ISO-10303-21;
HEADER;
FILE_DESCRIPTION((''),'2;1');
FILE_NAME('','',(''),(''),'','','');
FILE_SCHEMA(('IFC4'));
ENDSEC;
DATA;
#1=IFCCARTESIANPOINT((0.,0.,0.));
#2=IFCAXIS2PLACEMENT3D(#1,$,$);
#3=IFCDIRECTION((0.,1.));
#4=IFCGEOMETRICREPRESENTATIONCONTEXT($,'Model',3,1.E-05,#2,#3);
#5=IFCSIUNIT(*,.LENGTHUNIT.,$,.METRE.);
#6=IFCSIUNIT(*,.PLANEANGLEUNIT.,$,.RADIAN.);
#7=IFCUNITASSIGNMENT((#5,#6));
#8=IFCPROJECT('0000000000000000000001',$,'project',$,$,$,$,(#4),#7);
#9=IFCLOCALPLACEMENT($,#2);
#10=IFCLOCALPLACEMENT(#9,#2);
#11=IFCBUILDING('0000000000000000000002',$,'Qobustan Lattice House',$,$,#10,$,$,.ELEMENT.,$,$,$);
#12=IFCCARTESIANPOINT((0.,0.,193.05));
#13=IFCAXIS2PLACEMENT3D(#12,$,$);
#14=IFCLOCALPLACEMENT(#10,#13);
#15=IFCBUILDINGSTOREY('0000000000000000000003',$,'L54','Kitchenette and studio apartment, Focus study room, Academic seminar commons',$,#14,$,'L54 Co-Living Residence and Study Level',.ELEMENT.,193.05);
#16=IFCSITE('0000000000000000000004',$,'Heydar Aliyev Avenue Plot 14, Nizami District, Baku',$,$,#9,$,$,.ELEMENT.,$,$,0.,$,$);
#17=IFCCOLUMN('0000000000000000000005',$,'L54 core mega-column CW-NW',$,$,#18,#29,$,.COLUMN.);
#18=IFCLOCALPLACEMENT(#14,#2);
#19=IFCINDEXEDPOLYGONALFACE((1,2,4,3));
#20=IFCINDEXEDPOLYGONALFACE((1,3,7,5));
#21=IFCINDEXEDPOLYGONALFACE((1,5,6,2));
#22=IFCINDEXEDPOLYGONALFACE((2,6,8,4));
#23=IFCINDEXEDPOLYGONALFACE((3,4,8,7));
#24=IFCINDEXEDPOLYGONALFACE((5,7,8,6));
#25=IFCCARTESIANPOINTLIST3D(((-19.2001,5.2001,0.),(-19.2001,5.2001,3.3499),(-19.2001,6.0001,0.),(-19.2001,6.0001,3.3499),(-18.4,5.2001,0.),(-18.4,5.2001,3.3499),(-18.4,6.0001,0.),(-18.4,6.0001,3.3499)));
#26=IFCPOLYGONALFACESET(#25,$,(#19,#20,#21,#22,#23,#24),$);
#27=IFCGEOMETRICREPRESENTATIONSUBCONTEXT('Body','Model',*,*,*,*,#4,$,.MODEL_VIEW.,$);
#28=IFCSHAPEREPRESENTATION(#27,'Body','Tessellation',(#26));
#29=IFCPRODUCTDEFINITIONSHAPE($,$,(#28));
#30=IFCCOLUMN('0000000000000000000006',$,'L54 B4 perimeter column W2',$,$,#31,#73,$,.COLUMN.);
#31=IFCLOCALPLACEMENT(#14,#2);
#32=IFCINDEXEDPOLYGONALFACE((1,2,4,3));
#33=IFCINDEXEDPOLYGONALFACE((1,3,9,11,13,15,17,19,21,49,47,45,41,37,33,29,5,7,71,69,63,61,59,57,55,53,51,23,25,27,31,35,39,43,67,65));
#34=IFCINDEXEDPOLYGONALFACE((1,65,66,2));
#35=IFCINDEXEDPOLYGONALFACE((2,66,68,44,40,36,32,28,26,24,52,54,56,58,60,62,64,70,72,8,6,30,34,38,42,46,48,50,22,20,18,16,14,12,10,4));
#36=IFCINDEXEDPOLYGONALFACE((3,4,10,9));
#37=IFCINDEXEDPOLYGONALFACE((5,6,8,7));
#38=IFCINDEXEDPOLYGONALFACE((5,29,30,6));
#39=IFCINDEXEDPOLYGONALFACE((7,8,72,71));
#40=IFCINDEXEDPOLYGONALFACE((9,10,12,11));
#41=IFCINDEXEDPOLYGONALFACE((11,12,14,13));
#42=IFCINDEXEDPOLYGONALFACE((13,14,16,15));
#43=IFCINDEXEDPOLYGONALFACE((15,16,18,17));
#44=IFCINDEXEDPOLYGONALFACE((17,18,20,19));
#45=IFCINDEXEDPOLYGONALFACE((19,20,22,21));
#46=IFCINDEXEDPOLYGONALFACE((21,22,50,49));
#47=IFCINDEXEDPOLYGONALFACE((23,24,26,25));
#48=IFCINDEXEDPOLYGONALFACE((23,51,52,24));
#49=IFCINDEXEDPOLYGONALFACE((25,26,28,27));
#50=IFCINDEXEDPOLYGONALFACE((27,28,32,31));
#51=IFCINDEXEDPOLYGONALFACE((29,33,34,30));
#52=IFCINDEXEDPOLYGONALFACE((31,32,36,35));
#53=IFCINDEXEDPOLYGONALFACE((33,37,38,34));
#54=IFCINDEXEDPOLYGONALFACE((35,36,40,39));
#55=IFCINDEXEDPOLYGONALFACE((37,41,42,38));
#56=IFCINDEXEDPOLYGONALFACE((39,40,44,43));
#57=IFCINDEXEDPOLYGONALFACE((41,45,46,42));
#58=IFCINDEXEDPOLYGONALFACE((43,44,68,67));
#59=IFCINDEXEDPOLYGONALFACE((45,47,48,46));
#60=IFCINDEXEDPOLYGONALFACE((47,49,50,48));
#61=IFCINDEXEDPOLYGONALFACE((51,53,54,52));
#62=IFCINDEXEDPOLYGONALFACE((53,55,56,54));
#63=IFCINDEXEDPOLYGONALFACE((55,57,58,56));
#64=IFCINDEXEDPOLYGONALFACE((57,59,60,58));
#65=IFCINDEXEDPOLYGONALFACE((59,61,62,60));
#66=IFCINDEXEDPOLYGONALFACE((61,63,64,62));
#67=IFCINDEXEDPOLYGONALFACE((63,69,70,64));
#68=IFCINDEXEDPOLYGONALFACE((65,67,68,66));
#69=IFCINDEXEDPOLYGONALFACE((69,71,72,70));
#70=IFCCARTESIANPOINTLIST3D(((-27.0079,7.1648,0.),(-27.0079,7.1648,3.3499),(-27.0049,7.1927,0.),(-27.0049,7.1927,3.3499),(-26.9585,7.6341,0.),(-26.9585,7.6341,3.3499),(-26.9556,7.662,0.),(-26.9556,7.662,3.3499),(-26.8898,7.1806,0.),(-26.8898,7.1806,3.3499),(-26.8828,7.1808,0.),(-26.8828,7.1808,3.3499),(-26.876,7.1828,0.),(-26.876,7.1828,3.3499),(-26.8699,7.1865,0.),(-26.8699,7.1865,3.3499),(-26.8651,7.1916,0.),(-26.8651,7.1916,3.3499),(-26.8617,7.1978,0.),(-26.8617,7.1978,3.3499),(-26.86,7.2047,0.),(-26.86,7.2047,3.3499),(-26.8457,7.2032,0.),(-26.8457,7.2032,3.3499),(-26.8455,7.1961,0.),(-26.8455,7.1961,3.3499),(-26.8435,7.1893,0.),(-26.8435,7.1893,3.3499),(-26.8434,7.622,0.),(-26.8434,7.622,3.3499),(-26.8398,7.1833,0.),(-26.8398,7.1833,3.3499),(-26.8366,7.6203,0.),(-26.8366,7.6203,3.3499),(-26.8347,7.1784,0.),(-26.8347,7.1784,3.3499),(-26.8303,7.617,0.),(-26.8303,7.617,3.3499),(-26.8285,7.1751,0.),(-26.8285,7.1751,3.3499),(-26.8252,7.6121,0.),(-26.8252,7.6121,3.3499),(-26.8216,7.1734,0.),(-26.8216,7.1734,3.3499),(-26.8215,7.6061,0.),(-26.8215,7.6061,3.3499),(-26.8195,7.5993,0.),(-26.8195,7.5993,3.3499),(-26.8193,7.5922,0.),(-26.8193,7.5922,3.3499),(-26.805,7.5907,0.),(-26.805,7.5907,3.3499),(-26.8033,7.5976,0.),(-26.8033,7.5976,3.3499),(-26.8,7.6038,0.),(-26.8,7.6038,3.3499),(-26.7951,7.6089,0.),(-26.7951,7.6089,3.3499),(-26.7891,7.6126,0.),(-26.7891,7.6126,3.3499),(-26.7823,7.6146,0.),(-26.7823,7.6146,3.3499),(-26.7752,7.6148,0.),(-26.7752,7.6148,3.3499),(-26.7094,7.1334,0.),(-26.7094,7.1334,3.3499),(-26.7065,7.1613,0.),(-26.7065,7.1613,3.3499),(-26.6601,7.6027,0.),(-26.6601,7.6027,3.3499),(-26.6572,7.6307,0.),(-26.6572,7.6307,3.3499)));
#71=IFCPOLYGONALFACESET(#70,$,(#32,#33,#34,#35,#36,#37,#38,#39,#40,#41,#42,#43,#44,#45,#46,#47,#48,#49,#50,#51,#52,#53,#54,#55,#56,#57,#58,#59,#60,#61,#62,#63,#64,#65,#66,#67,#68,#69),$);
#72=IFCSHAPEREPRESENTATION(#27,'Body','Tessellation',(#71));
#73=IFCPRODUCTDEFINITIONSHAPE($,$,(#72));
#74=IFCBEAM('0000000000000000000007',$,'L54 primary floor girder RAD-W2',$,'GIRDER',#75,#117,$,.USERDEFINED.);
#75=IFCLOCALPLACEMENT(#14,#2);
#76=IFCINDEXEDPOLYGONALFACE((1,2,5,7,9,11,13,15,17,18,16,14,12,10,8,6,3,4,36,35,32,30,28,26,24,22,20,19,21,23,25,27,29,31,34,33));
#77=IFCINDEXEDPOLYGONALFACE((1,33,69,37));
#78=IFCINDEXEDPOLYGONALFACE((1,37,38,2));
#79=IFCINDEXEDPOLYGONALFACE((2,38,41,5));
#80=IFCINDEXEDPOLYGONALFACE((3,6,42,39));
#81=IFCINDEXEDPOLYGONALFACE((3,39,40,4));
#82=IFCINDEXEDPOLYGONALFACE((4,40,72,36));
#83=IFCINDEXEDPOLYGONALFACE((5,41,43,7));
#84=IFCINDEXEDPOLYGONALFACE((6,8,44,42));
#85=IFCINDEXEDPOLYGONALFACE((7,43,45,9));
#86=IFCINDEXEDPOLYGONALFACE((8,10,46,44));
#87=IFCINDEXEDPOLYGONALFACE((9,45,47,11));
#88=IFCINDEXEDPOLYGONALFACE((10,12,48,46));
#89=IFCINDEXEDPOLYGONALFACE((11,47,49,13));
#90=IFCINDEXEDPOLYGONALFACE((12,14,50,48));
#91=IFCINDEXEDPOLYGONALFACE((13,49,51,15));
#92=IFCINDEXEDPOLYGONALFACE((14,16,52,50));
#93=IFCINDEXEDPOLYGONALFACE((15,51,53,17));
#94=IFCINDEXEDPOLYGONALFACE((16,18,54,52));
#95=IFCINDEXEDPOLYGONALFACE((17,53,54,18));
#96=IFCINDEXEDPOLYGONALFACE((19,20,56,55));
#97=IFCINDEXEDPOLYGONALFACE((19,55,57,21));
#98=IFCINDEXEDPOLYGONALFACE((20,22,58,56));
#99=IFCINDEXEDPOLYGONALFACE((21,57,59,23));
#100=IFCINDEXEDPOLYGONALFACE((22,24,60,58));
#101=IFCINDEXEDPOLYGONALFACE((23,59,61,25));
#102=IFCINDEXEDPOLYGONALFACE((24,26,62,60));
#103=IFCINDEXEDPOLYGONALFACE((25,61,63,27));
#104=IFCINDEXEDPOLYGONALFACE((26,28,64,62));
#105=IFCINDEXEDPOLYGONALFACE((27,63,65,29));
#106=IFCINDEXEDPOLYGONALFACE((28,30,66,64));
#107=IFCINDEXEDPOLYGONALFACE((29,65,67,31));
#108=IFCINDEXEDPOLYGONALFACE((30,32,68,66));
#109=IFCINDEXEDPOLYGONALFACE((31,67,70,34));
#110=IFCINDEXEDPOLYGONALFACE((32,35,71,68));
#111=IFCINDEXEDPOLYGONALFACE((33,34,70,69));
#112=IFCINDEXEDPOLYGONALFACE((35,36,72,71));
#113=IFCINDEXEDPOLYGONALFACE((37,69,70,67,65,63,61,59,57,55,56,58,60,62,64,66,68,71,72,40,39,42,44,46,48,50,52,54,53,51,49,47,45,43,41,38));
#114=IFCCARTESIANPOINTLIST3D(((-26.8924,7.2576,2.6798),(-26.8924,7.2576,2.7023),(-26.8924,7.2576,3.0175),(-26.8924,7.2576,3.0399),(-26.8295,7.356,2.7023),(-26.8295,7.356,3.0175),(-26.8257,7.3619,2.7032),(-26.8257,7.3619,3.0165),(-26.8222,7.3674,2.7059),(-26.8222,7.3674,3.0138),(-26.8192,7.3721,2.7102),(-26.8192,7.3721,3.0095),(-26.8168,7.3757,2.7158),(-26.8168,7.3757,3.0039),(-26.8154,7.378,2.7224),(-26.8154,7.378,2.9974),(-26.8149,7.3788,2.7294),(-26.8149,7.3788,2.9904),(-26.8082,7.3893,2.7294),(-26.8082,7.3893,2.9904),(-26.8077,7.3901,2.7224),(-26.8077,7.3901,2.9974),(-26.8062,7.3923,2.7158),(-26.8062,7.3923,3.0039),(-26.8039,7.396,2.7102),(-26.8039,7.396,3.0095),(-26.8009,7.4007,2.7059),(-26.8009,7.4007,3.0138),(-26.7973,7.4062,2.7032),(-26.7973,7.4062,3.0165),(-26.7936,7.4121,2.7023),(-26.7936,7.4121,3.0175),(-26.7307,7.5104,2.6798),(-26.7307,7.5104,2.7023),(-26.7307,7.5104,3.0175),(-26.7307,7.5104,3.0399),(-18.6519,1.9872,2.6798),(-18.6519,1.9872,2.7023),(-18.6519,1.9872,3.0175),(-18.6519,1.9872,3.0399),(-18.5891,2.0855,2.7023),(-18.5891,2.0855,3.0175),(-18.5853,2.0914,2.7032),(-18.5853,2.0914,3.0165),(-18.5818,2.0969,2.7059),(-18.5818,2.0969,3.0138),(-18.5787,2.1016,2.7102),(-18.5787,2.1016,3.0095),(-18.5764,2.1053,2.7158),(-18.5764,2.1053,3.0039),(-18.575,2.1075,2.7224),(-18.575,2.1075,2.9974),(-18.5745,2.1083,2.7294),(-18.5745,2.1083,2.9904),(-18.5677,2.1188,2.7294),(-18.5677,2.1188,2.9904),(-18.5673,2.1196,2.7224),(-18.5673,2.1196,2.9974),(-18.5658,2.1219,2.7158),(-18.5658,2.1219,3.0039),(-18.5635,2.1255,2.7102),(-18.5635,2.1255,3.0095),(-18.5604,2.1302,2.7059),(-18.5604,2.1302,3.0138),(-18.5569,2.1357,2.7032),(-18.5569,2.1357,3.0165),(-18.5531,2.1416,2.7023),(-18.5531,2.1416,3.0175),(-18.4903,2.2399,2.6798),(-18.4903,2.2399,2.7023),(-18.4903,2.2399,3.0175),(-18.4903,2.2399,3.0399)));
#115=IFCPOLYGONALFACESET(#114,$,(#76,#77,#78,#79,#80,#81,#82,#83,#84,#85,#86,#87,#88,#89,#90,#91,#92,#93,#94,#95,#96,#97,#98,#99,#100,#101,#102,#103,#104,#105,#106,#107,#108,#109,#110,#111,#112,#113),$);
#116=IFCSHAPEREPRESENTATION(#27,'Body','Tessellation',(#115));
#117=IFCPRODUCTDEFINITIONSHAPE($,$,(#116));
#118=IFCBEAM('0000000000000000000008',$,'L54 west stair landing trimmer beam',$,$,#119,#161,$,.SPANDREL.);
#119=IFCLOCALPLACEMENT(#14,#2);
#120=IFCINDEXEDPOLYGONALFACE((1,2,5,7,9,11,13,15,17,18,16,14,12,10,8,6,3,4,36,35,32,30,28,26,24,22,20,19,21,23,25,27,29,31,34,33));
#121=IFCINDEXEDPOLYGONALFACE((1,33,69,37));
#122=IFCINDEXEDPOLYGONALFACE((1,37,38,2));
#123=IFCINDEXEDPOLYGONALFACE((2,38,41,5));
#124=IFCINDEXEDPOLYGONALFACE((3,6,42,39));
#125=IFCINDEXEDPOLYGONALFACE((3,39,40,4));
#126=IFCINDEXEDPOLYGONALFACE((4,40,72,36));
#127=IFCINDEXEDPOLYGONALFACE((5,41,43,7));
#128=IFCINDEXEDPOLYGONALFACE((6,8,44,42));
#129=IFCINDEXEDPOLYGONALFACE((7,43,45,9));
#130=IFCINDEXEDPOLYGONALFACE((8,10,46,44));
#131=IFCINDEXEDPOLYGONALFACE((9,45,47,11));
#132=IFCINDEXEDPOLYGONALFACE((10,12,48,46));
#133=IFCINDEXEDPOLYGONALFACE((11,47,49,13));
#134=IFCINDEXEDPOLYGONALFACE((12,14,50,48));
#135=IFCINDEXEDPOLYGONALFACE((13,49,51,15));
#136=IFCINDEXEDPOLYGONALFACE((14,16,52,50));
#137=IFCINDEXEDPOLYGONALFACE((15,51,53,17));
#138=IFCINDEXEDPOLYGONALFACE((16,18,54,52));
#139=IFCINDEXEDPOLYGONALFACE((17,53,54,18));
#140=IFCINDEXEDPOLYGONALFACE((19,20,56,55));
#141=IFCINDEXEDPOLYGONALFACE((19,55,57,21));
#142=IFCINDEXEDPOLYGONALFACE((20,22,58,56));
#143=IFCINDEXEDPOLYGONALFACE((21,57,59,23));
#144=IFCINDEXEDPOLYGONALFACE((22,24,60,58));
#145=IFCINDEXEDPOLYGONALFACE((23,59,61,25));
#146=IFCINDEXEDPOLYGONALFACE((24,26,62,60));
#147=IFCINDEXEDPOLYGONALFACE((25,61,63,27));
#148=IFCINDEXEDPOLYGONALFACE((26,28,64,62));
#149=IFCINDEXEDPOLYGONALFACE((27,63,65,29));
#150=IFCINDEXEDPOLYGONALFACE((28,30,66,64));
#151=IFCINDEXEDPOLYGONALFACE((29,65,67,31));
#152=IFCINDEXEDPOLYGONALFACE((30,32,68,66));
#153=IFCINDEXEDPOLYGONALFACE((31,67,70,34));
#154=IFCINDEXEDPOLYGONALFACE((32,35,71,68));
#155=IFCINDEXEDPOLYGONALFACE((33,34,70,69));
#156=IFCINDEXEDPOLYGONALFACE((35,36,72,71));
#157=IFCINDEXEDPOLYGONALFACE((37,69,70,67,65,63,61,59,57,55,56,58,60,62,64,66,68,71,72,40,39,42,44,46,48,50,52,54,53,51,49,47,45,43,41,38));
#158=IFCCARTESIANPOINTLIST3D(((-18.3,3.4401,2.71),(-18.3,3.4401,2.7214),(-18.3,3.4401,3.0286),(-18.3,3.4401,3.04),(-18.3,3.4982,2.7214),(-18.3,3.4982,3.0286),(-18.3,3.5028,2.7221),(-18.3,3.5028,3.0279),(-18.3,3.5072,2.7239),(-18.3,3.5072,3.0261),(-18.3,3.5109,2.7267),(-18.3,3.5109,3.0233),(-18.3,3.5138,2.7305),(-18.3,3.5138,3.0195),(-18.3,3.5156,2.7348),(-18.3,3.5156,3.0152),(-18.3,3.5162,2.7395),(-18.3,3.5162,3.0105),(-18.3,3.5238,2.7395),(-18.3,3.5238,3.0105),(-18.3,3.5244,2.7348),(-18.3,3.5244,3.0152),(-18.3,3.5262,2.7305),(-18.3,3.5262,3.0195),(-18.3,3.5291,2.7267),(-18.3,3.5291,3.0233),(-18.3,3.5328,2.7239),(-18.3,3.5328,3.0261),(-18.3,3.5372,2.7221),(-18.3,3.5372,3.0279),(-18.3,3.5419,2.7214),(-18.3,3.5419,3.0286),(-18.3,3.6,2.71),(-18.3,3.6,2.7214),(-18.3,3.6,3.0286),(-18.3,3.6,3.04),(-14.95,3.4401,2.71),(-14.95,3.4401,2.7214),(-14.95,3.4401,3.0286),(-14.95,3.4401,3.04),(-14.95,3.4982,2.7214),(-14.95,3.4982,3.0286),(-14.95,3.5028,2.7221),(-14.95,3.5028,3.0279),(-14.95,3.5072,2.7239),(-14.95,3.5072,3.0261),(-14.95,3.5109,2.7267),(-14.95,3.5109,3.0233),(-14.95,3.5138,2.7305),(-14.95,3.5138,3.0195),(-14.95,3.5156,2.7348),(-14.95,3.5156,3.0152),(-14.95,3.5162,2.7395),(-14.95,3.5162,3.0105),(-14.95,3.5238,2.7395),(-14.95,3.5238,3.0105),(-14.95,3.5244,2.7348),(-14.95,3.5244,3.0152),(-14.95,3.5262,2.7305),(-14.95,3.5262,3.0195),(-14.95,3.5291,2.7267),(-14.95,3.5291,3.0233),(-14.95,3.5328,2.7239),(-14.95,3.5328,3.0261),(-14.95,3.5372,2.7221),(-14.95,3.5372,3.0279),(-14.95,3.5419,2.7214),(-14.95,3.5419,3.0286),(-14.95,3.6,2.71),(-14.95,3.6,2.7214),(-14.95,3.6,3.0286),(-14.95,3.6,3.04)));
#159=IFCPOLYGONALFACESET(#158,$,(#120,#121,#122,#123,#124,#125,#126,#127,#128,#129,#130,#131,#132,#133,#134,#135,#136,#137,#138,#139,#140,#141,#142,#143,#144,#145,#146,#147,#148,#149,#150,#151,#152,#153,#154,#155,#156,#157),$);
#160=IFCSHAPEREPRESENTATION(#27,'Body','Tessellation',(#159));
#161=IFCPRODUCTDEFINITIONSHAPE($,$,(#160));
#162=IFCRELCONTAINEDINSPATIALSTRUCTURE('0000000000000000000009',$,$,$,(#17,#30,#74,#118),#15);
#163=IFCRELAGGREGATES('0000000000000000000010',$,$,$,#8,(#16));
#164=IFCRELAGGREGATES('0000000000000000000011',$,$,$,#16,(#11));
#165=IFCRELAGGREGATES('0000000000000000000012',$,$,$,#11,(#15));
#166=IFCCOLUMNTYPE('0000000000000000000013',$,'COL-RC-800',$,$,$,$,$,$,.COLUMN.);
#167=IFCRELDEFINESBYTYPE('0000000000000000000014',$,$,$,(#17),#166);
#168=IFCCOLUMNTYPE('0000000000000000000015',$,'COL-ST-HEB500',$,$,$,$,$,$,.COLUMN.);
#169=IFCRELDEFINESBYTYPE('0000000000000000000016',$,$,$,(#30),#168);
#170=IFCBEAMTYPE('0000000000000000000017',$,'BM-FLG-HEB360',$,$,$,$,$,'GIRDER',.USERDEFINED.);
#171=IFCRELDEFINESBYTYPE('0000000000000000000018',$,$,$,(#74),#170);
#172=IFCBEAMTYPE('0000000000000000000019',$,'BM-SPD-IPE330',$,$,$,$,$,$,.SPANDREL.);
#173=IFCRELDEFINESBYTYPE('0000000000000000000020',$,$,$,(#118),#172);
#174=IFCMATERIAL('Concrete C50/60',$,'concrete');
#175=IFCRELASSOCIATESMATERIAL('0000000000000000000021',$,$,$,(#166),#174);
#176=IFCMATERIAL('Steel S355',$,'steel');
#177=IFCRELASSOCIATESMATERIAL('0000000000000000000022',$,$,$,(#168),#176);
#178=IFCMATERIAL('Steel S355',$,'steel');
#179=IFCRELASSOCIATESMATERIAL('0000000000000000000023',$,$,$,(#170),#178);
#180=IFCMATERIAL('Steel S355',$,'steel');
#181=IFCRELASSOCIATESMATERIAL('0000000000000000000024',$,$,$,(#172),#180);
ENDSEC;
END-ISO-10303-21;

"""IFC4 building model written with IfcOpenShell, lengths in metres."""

from ifc_helpers import new_model, si_unit, direction, frame, origin, origin_2d, place, context, subcontext, project, spatial, rectangle, i_section, extrude, material, material_profile, profile_set, type_object, element, save


model = new_model("IFC4")

# Units and contexts
model_context = context("Model", 3, precision=1e-05, world=origin(), true_north=direction((0.0, 1.0)))
body_context = subcontext(model_context, "Body", "Model", "MODEL_VIEW")
ifc_project = project(units=[si_unit("LENGTHUNIT", "METRE"), si_unit("PLANEANGLEUNIT", "RADIAN")], contexts=[model_context])

# Site, building, storey
site_placement = place(None, origin())
site = spatial("IfcSite", under=ifc_project, at=site_placement, Name="Heydar Aliyev Avenue Plot 14, Nizami District, Baku", CompositionType="ELEMENT", RefElevation=0.0)
building_placement = place(site_placement, origin())
building = spatial("IfcBuilding", under=site, at=building_placement, Name="Qobustan Lattice House", CompositionType="ELEMENT")
storey_placement = place(building_placement, frame((0.0, 0.0, 193.05)))
storey = spatial("IfcBuildingStorey", under=building, at=storey_placement, Name="L54", Description="Kitchenette and studio apartment, Focus study room, Academic seminar commons", LongName="L54 Co-Living Residence and Study Level", CompositionType="ELEMENT", Elevation=193.05)

# Columns
ifc_material_1 = material(Name="Concrete C50/60", Category="concrete")
ifc_material_profile_1 = material_profile(ifc_material_1, rectangle(XDim=0.8, YDim=0.8, at=origin_2d()), Name="RC800x800")
ifc_profile_set_1 = profile_set([ifc_material_profile_1], Name="Concrete C50/60")
column_type_1 = type_object("IfcColumnType", Name="COL-RC-800", PredefinedType="COLUMN", material=ifc_profile_set_1)
column_1_placement = place(storey_placement, frame((-18.8, 5.6001, 0.0), z_axis=(0.0, 0.0, 1.0), x_axis=(1.0, 0.0, 0.0)))
element("IfcColumn", 1, at=column_1_placement, inside=storey, type_object=column_type_1, Name="L54 core mega-column CW-NW", PredefinedType="COLUMN", context=body_context, shape_type="SweptSolid", body=[
    extrude(rectangle(XDim=0.8, YDim=0.8, at=origin_2d()), origin(), (0.0, 0.0, 1.0), 3.3499),
])
ifc_material_2 = material(Name="Steel S355", Category="steel")
ifc_material_profile_2 = material_profile(ifc_material_2, i_section(OverallWidth=0.3, OverallDepth=0.5, WebThickness=0.0144, FlangeThickness=0.0281, FilletRadius=0.0271, at=origin_2d()), Name="HEB500")
ifc_profile_set_2 = profile_set([ifc_material_profile_2], Name="Steel S355")
column_type_2 = type_object("IfcColumnType", Name="COL-ST-HEB500", PredefinedType="COLUMN", material=ifc_profile_set_2)
column_2_placement = place(storey_placement, frame((-26.8325, 7.3977, 0.0), z_axis=(0.0, 0.0, 1.0), x_axis=(0.994522, -0.104528, 0.0)))
element("IfcColumn", 2, at=column_2_placement, inside=storey, type_object=column_type_2, Name="L54 B4 perimeter column W2", PredefinedType="COLUMN", context=body_context, shape_type="SweptSolid", body=[
    extrude(i_section(OverallWidth=0.3, OverallDepth=0.5, WebThickness=0.0144, FlangeThickness=0.0281, FilletRadius=0.0271, at=origin_2d()), origin(), (0.0, 0.0, 1.0), 3.3499),
])

# Beams
ifc_material_3 = material(Name="Steel S355", Category="steel")
ifc_material_profile_3 = material_profile(ifc_material_3, i_section(OverallWidth=0.3, OverallDepth=0.3601, WebThickness=0.0125, FlangeThickness=0.0225, FilletRadius=0.0271, at=origin_2d()), Name="HEB360")
ifc_profile_set_3 = profile_set([ifc_material_profile_3], Name="Steel S355")
beam_type_1 = type_object("IfcBeamType", Name="BM-FLG-HEB360", ElementType="GIRDER", PredefinedType="USERDEFINED", material=ifc_profile_set_3)
beam_1_placement = place(storey_placement, frame((-26.8115, 7.384, 2.8599), z_axis=(0.842429, -0.538807, 0.0), x_axis=(0.538807, 0.842429, 0.0)))
element("IfcBeam", 3, at=beam_1_placement, inside=storey, type_object=beam_type_1, Name="L54 primary floor girder RAD-W2", ObjectType="GIRDER", PredefinedType="USERDEFINED", context=body_context, shape_type="SweptSolid", body=[
    extrude(i_section(OverallWidth=0.3, OverallDepth=0.3601, WebThickness=0.0125, FlangeThickness=0.0225, FilletRadius=0.0271, at=origin_2d()), origin(), (0.0, 0.0, 1.0), 9.7817),
])
ifc_material_4 = material(Name="Steel S355", Category="steel")
ifc_material_profile_4 = material_profile(ifc_material_4, i_section(OverallWidth=0.1599, OverallDepth=0.3301, WebThickness=0.0076, FlangeThickness=0.0115, FilletRadius=0.0181, at=origin_2d()), Name="IPE330")
ifc_profile_set_4 = profile_set([ifc_material_profile_4], Name="Steel S355")
beam_type_2 = type_object("IfcBeamType", Name="BM-SPD-IPE330", PredefinedType="SPANDREL", material=ifc_profile_set_4)
beam_2_placement = place(storey_placement, frame((-18.3, 3.52, 2.875), z_axis=(1.0, 0.0, 0.0), x_axis=(0.0, 1.0, 0.0)))
element("IfcBeam", 4, at=beam_2_placement, inside=storey, type_object=beam_type_2, Name="L54 west stair landing trimmer beam", PredefinedType="SPANDREL", context=body_context, shape_type="SweptSolid", body=[
    extrude(i_section(OverallWidth=0.1599, OverallDepth=0.3301, WebThickness=0.0076, FlangeThickness=0.0115, FilletRadius=0.0181, at=origin_2d()), origin(), (0.0, 0.0, 1.0), 3.3501),
])

save(model, "model.ifc")
